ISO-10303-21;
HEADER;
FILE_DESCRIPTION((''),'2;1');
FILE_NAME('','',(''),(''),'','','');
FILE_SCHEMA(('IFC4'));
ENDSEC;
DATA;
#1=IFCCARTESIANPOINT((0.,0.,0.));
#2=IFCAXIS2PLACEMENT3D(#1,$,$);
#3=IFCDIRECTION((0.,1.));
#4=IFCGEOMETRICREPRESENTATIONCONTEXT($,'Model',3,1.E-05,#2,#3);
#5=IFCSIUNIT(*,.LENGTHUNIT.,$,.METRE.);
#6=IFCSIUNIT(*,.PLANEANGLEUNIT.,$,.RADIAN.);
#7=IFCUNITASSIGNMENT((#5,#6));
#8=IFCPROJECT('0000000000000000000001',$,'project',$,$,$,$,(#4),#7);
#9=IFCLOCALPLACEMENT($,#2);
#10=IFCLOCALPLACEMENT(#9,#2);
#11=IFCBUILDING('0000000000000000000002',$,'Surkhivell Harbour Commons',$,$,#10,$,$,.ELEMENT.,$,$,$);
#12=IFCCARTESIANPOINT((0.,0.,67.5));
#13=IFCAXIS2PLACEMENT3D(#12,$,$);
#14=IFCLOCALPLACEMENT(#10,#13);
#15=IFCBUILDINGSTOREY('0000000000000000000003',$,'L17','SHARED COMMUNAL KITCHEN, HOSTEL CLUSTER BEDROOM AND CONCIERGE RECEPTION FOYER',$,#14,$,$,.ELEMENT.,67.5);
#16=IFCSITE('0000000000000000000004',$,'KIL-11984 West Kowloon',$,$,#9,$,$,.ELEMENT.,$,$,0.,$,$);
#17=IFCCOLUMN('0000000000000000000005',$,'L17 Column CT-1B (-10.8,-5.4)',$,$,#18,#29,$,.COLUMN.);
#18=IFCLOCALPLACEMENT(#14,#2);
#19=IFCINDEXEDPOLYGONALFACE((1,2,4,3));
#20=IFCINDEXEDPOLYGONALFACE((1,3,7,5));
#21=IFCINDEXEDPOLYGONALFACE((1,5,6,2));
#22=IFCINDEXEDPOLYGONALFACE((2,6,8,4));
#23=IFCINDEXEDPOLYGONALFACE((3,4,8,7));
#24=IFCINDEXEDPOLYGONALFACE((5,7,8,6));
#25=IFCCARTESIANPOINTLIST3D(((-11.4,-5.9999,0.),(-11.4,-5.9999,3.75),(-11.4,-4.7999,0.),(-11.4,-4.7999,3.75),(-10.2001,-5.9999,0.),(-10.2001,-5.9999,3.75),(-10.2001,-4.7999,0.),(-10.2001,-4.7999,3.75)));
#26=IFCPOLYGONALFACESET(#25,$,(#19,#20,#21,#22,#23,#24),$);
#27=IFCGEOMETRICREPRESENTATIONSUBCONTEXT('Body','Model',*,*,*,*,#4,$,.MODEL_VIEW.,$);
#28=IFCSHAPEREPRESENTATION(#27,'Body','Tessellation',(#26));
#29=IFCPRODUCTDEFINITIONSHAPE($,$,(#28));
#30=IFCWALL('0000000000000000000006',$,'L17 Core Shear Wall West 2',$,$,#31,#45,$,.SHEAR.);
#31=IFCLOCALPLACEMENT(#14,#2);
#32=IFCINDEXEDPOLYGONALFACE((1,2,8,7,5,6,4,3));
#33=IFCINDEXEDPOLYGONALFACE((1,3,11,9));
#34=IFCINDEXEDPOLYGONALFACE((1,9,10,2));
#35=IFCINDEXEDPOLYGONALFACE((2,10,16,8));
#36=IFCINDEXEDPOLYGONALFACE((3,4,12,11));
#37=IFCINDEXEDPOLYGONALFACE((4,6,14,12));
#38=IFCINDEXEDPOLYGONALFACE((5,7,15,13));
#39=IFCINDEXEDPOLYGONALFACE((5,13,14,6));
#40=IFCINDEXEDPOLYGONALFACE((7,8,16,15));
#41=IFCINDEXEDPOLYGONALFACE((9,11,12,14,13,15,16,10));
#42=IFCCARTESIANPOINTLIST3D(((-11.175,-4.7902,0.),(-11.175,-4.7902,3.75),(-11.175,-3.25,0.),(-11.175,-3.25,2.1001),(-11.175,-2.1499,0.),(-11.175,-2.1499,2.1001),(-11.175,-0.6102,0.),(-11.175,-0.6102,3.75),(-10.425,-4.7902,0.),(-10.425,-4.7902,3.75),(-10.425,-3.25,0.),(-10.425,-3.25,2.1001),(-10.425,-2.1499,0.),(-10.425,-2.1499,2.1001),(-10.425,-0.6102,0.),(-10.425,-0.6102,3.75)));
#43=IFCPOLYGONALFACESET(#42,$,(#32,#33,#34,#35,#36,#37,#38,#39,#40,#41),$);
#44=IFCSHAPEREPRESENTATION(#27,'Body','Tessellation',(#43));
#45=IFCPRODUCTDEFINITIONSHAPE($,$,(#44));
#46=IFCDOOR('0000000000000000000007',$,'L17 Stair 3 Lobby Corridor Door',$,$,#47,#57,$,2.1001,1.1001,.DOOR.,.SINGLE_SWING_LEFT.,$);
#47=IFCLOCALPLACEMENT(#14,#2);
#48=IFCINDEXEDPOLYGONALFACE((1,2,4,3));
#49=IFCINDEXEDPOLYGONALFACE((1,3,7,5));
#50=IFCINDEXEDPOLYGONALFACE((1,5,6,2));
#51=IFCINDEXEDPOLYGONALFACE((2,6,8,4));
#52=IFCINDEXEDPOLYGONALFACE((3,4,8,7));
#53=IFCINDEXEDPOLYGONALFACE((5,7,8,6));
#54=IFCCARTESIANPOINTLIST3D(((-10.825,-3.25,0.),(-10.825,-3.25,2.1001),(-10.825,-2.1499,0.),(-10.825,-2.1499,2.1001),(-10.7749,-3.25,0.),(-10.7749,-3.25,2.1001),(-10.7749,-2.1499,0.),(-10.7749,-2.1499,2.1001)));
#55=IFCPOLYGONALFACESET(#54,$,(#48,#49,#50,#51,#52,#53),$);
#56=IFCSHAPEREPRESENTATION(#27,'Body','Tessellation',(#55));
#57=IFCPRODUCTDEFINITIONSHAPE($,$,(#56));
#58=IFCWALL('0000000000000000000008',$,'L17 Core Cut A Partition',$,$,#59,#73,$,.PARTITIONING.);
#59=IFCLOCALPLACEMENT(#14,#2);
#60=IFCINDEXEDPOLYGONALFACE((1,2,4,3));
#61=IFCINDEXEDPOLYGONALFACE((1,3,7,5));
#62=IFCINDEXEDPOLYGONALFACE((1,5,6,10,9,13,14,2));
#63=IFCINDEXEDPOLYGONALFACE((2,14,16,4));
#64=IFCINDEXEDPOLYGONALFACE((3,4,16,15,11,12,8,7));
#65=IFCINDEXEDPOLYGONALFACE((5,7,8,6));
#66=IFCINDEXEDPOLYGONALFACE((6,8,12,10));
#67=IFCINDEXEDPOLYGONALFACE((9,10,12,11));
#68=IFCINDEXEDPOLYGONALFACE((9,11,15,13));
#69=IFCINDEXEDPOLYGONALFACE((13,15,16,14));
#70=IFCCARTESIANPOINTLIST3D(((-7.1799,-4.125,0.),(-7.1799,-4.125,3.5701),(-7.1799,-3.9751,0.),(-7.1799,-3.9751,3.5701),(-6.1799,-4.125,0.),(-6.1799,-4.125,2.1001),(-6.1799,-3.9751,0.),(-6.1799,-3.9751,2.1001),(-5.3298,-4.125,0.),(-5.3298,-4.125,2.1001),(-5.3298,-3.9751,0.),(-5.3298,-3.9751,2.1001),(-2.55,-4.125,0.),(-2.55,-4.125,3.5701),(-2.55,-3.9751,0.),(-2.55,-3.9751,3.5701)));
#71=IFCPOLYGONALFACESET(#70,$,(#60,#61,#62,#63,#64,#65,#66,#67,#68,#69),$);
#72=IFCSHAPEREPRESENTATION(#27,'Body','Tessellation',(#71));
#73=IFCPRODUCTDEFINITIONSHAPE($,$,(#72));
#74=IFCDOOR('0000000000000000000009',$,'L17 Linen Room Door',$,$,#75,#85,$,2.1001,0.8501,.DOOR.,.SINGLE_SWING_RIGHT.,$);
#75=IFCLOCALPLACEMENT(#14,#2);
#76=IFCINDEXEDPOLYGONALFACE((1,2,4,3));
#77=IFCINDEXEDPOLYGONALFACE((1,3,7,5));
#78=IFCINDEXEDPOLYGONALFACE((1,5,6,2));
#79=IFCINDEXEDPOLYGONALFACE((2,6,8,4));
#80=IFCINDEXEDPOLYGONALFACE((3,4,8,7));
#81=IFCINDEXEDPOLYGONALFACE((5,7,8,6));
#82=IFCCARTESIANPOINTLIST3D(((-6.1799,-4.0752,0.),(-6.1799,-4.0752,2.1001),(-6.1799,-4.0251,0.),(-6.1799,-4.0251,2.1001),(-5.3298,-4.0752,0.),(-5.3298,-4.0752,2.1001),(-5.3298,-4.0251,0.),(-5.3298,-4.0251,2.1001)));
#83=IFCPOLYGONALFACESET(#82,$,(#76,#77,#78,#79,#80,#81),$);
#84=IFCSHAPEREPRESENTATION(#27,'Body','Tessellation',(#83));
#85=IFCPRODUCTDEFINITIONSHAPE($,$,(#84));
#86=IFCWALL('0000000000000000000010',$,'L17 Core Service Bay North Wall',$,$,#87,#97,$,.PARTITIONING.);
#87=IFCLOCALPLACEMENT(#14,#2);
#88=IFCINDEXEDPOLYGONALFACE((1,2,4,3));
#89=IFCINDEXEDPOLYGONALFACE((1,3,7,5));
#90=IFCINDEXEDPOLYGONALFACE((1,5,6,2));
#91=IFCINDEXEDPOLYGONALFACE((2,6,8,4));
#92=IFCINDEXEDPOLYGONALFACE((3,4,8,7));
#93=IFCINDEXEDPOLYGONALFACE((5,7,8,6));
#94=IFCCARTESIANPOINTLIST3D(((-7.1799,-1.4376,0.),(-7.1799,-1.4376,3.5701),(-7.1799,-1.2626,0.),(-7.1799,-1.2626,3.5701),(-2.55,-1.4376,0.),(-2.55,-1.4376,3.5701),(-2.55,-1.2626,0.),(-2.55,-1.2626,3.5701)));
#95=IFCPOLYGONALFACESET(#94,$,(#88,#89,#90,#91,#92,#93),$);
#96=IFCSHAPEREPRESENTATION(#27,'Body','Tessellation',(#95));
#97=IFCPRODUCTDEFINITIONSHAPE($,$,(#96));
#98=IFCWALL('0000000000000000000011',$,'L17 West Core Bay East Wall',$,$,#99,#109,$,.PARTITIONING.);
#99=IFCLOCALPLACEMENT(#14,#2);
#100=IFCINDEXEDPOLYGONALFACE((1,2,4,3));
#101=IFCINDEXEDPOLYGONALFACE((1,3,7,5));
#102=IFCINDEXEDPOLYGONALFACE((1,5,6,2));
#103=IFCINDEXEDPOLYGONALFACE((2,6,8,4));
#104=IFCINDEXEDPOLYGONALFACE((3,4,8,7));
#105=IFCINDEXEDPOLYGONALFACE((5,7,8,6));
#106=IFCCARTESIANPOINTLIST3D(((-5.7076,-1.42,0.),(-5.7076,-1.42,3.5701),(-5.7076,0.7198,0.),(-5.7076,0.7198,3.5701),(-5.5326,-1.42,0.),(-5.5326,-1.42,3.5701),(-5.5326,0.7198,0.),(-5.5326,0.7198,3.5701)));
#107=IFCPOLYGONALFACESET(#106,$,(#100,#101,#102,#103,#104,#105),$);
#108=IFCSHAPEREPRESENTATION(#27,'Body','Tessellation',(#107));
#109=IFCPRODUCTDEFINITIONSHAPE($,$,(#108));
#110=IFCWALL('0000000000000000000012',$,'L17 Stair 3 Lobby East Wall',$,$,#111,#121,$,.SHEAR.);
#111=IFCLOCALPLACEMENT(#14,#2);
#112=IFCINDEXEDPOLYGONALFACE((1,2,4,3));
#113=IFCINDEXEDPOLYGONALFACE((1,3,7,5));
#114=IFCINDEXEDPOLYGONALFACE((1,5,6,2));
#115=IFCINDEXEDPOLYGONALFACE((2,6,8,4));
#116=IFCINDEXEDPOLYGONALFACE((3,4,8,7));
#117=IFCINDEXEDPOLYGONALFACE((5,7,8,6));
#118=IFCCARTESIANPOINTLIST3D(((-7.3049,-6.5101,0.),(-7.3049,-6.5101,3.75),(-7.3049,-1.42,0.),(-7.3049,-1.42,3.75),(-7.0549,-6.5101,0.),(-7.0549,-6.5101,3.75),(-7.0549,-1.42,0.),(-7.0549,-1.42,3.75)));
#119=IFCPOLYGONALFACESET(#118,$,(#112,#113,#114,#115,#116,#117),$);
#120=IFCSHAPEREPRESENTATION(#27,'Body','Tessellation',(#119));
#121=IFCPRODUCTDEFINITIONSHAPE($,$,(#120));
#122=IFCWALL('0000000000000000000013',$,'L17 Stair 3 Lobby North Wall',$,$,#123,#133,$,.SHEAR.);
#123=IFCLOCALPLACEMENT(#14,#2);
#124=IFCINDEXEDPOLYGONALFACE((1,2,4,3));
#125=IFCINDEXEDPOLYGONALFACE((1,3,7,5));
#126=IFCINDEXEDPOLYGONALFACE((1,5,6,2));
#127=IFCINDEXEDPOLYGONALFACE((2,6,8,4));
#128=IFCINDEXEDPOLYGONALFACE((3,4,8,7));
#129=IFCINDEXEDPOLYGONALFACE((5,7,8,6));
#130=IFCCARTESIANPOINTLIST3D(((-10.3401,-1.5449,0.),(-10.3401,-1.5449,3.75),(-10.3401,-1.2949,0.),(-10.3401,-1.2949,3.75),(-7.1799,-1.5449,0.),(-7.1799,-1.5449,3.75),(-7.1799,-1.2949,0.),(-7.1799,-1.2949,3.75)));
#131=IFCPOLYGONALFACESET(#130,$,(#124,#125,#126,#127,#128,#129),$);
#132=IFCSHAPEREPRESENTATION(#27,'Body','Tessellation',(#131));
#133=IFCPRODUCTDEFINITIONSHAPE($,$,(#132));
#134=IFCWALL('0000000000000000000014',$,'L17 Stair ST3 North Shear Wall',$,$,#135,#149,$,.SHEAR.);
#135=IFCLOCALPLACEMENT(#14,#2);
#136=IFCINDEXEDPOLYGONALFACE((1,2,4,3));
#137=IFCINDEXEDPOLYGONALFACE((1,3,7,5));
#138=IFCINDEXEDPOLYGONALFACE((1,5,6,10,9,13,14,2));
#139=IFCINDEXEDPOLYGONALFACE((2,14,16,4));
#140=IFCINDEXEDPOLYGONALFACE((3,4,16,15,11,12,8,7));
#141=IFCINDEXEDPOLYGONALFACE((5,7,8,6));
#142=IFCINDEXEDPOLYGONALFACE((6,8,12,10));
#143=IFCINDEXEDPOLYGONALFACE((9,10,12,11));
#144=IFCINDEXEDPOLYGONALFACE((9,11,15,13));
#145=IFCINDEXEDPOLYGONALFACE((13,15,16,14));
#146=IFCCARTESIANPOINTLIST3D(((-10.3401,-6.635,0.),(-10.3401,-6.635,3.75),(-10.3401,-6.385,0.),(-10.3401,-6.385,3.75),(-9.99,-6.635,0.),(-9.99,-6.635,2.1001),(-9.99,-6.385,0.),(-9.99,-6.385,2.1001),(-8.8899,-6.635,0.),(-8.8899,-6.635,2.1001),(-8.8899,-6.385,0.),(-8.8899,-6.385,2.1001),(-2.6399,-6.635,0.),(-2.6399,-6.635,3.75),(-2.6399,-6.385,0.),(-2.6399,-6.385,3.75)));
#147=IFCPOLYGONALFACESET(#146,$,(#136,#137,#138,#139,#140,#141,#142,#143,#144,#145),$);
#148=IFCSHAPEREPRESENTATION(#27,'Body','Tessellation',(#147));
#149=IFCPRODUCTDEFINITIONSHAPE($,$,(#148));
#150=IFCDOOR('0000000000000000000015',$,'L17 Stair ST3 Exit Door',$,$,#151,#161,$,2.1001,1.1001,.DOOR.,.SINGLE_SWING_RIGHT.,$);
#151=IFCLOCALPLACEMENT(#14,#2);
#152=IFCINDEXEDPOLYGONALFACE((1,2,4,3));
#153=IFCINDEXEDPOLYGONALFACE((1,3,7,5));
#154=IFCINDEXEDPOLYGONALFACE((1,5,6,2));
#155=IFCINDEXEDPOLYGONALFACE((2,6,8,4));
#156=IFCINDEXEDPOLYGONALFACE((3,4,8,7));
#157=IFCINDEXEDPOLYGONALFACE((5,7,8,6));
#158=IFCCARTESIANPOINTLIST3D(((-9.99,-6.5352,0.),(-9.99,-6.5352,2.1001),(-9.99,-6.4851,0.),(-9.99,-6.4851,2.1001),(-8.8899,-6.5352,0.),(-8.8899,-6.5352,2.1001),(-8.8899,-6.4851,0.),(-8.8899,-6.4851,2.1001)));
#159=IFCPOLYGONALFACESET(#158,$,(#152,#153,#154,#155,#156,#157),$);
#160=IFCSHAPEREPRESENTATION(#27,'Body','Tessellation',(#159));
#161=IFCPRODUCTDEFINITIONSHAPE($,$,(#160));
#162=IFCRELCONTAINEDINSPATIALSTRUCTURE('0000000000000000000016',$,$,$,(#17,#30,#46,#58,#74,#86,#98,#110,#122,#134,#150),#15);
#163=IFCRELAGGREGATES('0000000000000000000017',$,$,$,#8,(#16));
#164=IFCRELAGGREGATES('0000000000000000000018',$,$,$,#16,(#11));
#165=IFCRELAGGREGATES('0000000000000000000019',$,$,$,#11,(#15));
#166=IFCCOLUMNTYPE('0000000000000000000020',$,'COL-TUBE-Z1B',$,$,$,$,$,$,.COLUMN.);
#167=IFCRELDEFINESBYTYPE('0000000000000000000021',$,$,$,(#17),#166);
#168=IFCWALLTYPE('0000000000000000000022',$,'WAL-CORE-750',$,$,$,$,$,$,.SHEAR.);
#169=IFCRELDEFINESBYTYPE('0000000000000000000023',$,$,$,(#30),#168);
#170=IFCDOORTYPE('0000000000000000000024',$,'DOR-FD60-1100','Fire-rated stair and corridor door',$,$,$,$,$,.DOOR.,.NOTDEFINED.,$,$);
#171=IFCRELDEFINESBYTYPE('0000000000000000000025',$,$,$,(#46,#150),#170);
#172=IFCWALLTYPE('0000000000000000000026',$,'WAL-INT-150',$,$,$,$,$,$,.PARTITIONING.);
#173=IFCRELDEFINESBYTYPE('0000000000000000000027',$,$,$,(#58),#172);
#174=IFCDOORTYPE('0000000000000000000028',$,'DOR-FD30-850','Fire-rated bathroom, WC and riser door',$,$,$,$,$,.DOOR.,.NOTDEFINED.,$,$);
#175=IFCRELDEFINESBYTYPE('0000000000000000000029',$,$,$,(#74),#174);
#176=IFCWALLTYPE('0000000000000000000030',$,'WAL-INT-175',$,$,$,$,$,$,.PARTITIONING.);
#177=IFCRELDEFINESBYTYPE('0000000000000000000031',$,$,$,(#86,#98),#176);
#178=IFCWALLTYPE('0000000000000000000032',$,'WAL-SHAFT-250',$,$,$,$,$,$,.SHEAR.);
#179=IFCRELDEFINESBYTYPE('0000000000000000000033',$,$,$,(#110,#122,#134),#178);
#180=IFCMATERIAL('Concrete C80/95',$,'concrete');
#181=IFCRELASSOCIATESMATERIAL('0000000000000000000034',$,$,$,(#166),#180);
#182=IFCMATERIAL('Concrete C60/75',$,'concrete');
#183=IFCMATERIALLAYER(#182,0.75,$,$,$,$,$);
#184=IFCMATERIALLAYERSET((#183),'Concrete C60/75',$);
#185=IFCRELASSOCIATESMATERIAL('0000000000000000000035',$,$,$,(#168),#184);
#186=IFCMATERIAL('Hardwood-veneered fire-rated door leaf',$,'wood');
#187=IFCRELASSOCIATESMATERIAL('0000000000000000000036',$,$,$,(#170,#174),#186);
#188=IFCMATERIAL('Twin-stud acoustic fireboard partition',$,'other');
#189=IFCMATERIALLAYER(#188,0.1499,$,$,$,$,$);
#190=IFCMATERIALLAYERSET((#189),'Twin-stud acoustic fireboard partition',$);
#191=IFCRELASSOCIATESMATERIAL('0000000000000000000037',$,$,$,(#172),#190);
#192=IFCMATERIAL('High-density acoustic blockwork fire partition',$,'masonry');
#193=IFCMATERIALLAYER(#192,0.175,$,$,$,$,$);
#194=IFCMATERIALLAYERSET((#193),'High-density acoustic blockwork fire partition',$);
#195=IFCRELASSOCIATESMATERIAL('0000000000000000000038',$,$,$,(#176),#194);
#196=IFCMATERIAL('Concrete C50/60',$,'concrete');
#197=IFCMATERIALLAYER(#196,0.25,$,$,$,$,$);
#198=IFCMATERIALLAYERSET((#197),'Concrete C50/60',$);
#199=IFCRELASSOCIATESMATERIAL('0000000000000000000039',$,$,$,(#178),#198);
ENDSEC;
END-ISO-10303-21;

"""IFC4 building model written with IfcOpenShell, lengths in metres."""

from ifc_helpers import new_model, si_unit, direction, frame, frame_2d, origin, origin_2d, place, context, subcontext, project, spatial, rectangle, extrude, material, layer, layer_set, material_profile, profile_set, type_object, element, fill, save


model = new_model("IFC4")

# Units and contexts
model_context = context("Model", 3, precision=1e-05, world=origin(), true_north=direction((0.0, 1.0)))
body_context = subcontext(model_context, "Body", "Model", "MODEL_VIEW")
ifc_project = project(units=[si_unit("LENGTHUNIT", "METRE"), si_unit("PLANEANGLEUNIT", "RADIAN")], contexts=[model_context])

# Site, building, storey
site_placement = place(None, origin())
site = spatial("IfcSite", under=ifc_project, at=site_placement, Name="KIL-11984 West Kowloon", CompositionType="ELEMENT", RefElevation=0.0)
building_placement = place(site_placement, origin())
building = spatial("IfcBuilding", under=site, at=building_placement, Name="Surkhivell Harbour Commons", CompositionType="ELEMENT")
storey_placement = place(building_placement, frame((0.0, 0.0, 67.5)))
storey = spatial("IfcBuildingStorey", under=building, at=storey_placement, Name="L17", Description="SHARED COMMUNAL KITCHEN, HOSTEL CLUSTER BEDROOM AND CONCIERGE RECEPTION FOYER", CompositionType="ELEMENT", Elevation=67.5)

# Column
ifc_material_1 = material(Name="Concrete C80/95", Category="concrete")
ifc_material_profile = material_profile(ifc_material_1, rectangle(XDim=1.2, YDim=1.2, at=origin_2d()), Name="RC-COL-1200x1200")
ifc_profile_set = profile_set([ifc_material_profile], Name="Concrete C80/95")
column_type = type_object("IfcColumnType", Name="COL-TUBE-Z1B", PredefinedType="COLUMN", material=ifc_profile_set)
column_placement = place(storey_placement, frame((-10.8, -5.3999, 0.0), z_axis=(0.0, 0.0, 1.0), x_axis=(1.0, 0.0, 0.0)))
element("IfcColumn", 1, at=column_placement, inside=storey, type_object=column_type, Name="L17 Column CT-1B (-10.8,-5.4)", PredefinedType="COLUMN", context=body_context, shape_type="SweptSolid", body=[
    extrude(rectangle(XDim=1.2, YDim=1.2, at=origin_2d()), origin(), (0.0, 0.0, 1.0), 3.75),
])

# Walls, openings, doors
ifc_material_2 = material(Name="Concrete C60/75", Category="concrete")
ifc_layer_1 = layer(ifc_material_2, 0.75)
ifc_layer_set_1 = layer_set([ifc_layer_1], Name="Concrete C60/75")
wall_type_1 = type_object("IfcWallType", Name="WAL-CORE-750", PredefinedType="SHEAR", material=ifc_layer_set_1)
wall_1_placement = place(storey_placement, frame((-10.8, -4.79, 0.0), z_axis=(0.0, 0.0, 1.0), x_axis=(0.0, 1.0, 0.0)))
wall_1 = element("IfcWall", 2, at=wall_1_placement, inside=storey, type_object=wall_type_1, Name="L17 Core Shear Wall West 2", PredefinedType="SHEAR", context=body_context, shape_type="SweptSolid", body=[
    extrude(rectangle(XDim=4.1799, YDim=0.75, at=frame_2d((2.0898, 0.0))), origin(), (0.0, 0.0, 1.0), 3.75),
])
opening_1_placement = place(wall_1_placement, frame((1.54, 0.0, 0.0)))
opening_1 = element("IfcOpeningElement", 3, at=opening_1_placement, cuts=wall_1, PredefinedType="OPENING", context=body_context, shape_type="SweptSolid", body=[
    extrude(rectangle(XDim=1.1001, YDim=2.1001, at=frame_2d((0.55, 1.05))), frame((0.0, 0.385, 0.0), z_axis=(0.0, -1.0, 0.0), x_axis=(1.0, 0.0, 0.0)), (0.0, 0.0, 1.0), 0.77),
])
ifc_material_3 = material(Name="Hardwood-veneered fire-rated door leaf", Category="wood")
door_type_1 = type_object("IfcDoorType", Name="DOR-FD60-1100", Description="Fire-rated stair and corridor door", OperationType="NOTDEFINED", PredefinedType="DOOR", material=ifc_material_3)
door_1_placement = place(opening_1_placement, origin())
door_1 = element("IfcDoor", 4, at=door_1_placement, inside=storey, type_object=door_type_1, Name="L17 Stair 3 Lobby Corridor Door", OperationType="SINGLE_SWING_LEFT", OverallHeight=2.1001, OverallWidth=1.1001, PredefinedType="DOOR", context=body_context, shape_type="SweptSolid", body=[
    extrude(rectangle(XDim=1.1001, YDim=2.1001, at=frame_2d((0.55, 1.05))), frame((0.0, 0.0249, 0.0), z_axis=(0.0, -1.0, 0.0), x_axis=(1.0, 0.0, 0.0)), (0.0, 0.0, 1.0), 0.05),
])
fill(opening_1, door_1)
ifc_material_4 = material(Name="Twin-stud acoustic fireboard partition", Category="other")
ifc_layer_2 = layer(ifc_material_4, 0.1499)
ifc_layer_set_2 = layer_set([ifc_layer_2], Name="Twin-stud acoustic fireboard partition")
wall_type_2 = type_object("IfcWallType", Name="WAL-INT-150", PredefinedType="PARTITIONING", material=ifc_layer_set_2)
wall_2_placement = place(storey_placement, frame((-7.1799, -4.05, 0.0), z_axis=(0.0, 0.0, 1.0), x_axis=(1.0, 0.0, 0.0)))
wall_2 = element("IfcWall", 5, at=wall_2_placement, inside=storey, type_object=wall_type_2, Name="L17 Core Cut A Partition", PredefinedType="PARTITIONING", context=body_context, shape_type="SweptSolid", body=[
    extrude(rectangle(XDim=4.6299, YDim=0.1499, at=frame_2d((2.3149, 0.0))), origin(), (0.0, 0.0, 1.0), 3.5701),
])
opening_2_placement = place(wall_2_placement, frame((1.0, 0.0, 0.0)))
opening_2 = element("IfcOpeningElement", 6, at=opening_2_placement, cuts=wall_2, PredefinedType="OPENING", context=body_context, shape_type="SweptSolid", body=[
    extrude(rectangle(XDim=0.8501, YDim=2.1001, at=frame_2d((0.425, 1.05))), frame((0.0, 0.085, 0.0), z_axis=(0.0, -1.0, 0.0), x_axis=(1.0, 0.0, 0.0)), (0.0, 0.0, 1.0), 0.1699),
])
door_type_2 = type_object("IfcDoorType", Name="DOR-FD30-850", Description="Fire-rated bathroom, WC and riser door", OperationType="NOTDEFINED", PredefinedType="DOOR", material=ifc_material_3)
door_2_placement = place(opening_2_placement, origin())
door_2 = element("IfcDoor", 7, at=door_2_placement, inside=storey, type_object=door_type_2, Name="L17 Linen Room Door", OperationType="SINGLE_SWING_RIGHT", OverallHeight=2.1001, OverallWidth=0.8501, PredefinedType="DOOR", context=body_context, shape_type="SweptSolid", body=[
    extrude(rectangle(XDim=0.8501, YDim=2.1001, at=frame_2d((0.425, 1.05))), frame((0.0, 0.0249, 0.0), z_axis=(0.0, -1.0, 0.0), x_axis=(1.0, 0.0, 0.0)), (0.0, 0.0, 1.0), 0.05),
])
fill(opening_2, door_2)

# Walls
ifc_material_5 = material(Name="High-density acoustic blockwork fire partition", Category="masonry")
ifc_layer_3 = layer(ifc_material_5, 0.175)
ifc_layer_set_3 = layer_set([ifc_layer_3], Name="High-density acoustic blockwork fire partition")
wall_type_3 = type_object("IfcWallType", Name="WAL-INT-175", PredefinedType="PARTITIONING", material=ifc_layer_set_3)
wall_3_placement = place(storey_placement, frame((-7.1799, -1.3501, 0.0), z_axis=(0.0, 0.0, 1.0), x_axis=(1.0, 0.0, 0.0)))
element("IfcWall", 8, at=wall_3_placement, inside=storey, type_object=wall_type_3, Name="L17 Core Service Bay North Wall", PredefinedType="PARTITIONING", context=body_context, shape_type="SweptSolid", body=[
    extrude(rectangle(XDim=4.6299, YDim=0.175, at=frame_2d((2.3149, 0.0))), origin(), (0.0, 0.0, 1.0), 3.5701),
])
wall_4_placement = place(storey_placement, frame((-5.6201, -1.4199, 0.0), z_axis=(0.0, 0.0, 1.0), x_axis=(0.0, 1.0, 0.0)))
element("IfcWall", 9, at=wall_4_placement, inside=storey, type_object=wall_type_3, Name="L17 West Core Bay East Wall", PredefinedType="PARTITIONING", context=body_context, shape_type="SweptSolid", body=[
    extrude(rectangle(XDim=2.1399, YDim=0.175, at=frame_2d((1.0698, 0.0))), origin(), (0.0, 0.0, 1.0), 3.5701),
])
ifc_material_6 = material(Name="Concrete C50/60", Category="concrete")
ifc_layer_4 = layer(ifc_material_6, 0.25)
ifc_layer_set_4 = layer_set([ifc_layer_4], Name="Concrete C50/60")
wall_type_4 = type_object("IfcWallType", Name="WAL-SHAFT-250", PredefinedType="SHEAR", material=ifc_layer_set_4)
wall_5_placement = place(storey_placement, frame((-7.1799, -6.51, 0.0), z_axis=(0.0, 0.0, 1.0), x_axis=(0.0, 1.0, 0.0)))
element("IfcWall", 10, at=wall_5_placement, inside=storey, type_object=wall_type_4, Name="L17 Stair 3 Lobby East Wall", PredefinedType="SHEAR", context=body_context, shape_type="SweptSolid", body=[
    extrude(rectangle(XDim=5.0901, YDim=0.25, at=frame_2d((2.5449, 0.0))), origin(), (0.0, 0.0, 1.0), 3.75),
])
wall_6_placement = place(storey_placement, frame((-10.3401, -1.4199, 0.0), z_axis=(0.0, 0.0, 1.0), x_axis=(1.0, 0.0, 0.0)))
element("IfcWall", 11, at=wall_6_placement, inside=storey, type_object=wall_type_4, Name="L17 Stair 3 Lobby North Wall", PredefinedType="SHEAR", context=body_context, shape_type="SweptSolid", body=[
    extrude(rectangle(XDim=3.1602, YDim=0.25, at=frame_2d((1.5801, 0.0))), origin(), (0.0, 0.0, 1.0), 3.75),
])

# Wall, opening, door
wall_7_placement = place(storey_placement, frame((-10.3401, -6.51, 0.0), z_axis=(0.0, 0.0, 1.0), x_axis=(1.0, 0.0, 0.0)))
wall_7 = element("IfcWall", 12, at=wall_7_placement, inside=storey, type_object=wall_type_4, Name="L17 Stair ST3 North Shear Wall", PredefinedType="SHEAR", context=body_context, shape_type="SweptSolid", body=[
    extrude(rectangle(XDim=7.7002, YDim=0.25, at=frame_2d((3.8501, 0.0))), origin(), (0.0, 0.0, 1.0), 3.75),
])
opening_3_placement = place(wall_7_placement, frame((0.3501, 0.0, 0.0)))
opening_3 = element("IfcOpeningElement", 13, at=opening_3_placement, cuts=wall_7, PredefinedType="OPENING", context=body_context, shape_type="SweptSolid", body=[
    extrude(rectangle(XDim=1.1001, YDim=2.1001, at=frame_2d((0.55, 1.05))), frame((0.0, 0.135, 0.0), z_axis=(0.0, -1.0, 0.0), x_axis=(1.0, 0.0, 0.0)), (0.0, 0.0, 1.0), 0.27),
])
door_3_placement = place(opening_3_placement, origin())
door_3 = element("IfcDoor", 14, at=door_3_placement, inside=storey, type_object=door_type_1, Name="L17 Stair ST3 Exit Door", OperationType="SINGLE_SWING_RIGHT", OverallHeight=2.1001, OverallWidth=1.1001, PredefinedType="DOOR", context=body_context, shape_type="SweptSolid", body=[
    extrude(rectangle(XDim=1.1001, YDim=2.1001, at=frame_2d((0.55, 1.05))), frame((0.0, 0.0249, 0.0), z_axis=(0.0, -1.0, 0.0), x_axis=(1.0, 0.0, 0.0)), (0.0, 0.0, 1.0), 0.05),
])
fill(opening_3, door_3)

save(model, "model.ifc")
